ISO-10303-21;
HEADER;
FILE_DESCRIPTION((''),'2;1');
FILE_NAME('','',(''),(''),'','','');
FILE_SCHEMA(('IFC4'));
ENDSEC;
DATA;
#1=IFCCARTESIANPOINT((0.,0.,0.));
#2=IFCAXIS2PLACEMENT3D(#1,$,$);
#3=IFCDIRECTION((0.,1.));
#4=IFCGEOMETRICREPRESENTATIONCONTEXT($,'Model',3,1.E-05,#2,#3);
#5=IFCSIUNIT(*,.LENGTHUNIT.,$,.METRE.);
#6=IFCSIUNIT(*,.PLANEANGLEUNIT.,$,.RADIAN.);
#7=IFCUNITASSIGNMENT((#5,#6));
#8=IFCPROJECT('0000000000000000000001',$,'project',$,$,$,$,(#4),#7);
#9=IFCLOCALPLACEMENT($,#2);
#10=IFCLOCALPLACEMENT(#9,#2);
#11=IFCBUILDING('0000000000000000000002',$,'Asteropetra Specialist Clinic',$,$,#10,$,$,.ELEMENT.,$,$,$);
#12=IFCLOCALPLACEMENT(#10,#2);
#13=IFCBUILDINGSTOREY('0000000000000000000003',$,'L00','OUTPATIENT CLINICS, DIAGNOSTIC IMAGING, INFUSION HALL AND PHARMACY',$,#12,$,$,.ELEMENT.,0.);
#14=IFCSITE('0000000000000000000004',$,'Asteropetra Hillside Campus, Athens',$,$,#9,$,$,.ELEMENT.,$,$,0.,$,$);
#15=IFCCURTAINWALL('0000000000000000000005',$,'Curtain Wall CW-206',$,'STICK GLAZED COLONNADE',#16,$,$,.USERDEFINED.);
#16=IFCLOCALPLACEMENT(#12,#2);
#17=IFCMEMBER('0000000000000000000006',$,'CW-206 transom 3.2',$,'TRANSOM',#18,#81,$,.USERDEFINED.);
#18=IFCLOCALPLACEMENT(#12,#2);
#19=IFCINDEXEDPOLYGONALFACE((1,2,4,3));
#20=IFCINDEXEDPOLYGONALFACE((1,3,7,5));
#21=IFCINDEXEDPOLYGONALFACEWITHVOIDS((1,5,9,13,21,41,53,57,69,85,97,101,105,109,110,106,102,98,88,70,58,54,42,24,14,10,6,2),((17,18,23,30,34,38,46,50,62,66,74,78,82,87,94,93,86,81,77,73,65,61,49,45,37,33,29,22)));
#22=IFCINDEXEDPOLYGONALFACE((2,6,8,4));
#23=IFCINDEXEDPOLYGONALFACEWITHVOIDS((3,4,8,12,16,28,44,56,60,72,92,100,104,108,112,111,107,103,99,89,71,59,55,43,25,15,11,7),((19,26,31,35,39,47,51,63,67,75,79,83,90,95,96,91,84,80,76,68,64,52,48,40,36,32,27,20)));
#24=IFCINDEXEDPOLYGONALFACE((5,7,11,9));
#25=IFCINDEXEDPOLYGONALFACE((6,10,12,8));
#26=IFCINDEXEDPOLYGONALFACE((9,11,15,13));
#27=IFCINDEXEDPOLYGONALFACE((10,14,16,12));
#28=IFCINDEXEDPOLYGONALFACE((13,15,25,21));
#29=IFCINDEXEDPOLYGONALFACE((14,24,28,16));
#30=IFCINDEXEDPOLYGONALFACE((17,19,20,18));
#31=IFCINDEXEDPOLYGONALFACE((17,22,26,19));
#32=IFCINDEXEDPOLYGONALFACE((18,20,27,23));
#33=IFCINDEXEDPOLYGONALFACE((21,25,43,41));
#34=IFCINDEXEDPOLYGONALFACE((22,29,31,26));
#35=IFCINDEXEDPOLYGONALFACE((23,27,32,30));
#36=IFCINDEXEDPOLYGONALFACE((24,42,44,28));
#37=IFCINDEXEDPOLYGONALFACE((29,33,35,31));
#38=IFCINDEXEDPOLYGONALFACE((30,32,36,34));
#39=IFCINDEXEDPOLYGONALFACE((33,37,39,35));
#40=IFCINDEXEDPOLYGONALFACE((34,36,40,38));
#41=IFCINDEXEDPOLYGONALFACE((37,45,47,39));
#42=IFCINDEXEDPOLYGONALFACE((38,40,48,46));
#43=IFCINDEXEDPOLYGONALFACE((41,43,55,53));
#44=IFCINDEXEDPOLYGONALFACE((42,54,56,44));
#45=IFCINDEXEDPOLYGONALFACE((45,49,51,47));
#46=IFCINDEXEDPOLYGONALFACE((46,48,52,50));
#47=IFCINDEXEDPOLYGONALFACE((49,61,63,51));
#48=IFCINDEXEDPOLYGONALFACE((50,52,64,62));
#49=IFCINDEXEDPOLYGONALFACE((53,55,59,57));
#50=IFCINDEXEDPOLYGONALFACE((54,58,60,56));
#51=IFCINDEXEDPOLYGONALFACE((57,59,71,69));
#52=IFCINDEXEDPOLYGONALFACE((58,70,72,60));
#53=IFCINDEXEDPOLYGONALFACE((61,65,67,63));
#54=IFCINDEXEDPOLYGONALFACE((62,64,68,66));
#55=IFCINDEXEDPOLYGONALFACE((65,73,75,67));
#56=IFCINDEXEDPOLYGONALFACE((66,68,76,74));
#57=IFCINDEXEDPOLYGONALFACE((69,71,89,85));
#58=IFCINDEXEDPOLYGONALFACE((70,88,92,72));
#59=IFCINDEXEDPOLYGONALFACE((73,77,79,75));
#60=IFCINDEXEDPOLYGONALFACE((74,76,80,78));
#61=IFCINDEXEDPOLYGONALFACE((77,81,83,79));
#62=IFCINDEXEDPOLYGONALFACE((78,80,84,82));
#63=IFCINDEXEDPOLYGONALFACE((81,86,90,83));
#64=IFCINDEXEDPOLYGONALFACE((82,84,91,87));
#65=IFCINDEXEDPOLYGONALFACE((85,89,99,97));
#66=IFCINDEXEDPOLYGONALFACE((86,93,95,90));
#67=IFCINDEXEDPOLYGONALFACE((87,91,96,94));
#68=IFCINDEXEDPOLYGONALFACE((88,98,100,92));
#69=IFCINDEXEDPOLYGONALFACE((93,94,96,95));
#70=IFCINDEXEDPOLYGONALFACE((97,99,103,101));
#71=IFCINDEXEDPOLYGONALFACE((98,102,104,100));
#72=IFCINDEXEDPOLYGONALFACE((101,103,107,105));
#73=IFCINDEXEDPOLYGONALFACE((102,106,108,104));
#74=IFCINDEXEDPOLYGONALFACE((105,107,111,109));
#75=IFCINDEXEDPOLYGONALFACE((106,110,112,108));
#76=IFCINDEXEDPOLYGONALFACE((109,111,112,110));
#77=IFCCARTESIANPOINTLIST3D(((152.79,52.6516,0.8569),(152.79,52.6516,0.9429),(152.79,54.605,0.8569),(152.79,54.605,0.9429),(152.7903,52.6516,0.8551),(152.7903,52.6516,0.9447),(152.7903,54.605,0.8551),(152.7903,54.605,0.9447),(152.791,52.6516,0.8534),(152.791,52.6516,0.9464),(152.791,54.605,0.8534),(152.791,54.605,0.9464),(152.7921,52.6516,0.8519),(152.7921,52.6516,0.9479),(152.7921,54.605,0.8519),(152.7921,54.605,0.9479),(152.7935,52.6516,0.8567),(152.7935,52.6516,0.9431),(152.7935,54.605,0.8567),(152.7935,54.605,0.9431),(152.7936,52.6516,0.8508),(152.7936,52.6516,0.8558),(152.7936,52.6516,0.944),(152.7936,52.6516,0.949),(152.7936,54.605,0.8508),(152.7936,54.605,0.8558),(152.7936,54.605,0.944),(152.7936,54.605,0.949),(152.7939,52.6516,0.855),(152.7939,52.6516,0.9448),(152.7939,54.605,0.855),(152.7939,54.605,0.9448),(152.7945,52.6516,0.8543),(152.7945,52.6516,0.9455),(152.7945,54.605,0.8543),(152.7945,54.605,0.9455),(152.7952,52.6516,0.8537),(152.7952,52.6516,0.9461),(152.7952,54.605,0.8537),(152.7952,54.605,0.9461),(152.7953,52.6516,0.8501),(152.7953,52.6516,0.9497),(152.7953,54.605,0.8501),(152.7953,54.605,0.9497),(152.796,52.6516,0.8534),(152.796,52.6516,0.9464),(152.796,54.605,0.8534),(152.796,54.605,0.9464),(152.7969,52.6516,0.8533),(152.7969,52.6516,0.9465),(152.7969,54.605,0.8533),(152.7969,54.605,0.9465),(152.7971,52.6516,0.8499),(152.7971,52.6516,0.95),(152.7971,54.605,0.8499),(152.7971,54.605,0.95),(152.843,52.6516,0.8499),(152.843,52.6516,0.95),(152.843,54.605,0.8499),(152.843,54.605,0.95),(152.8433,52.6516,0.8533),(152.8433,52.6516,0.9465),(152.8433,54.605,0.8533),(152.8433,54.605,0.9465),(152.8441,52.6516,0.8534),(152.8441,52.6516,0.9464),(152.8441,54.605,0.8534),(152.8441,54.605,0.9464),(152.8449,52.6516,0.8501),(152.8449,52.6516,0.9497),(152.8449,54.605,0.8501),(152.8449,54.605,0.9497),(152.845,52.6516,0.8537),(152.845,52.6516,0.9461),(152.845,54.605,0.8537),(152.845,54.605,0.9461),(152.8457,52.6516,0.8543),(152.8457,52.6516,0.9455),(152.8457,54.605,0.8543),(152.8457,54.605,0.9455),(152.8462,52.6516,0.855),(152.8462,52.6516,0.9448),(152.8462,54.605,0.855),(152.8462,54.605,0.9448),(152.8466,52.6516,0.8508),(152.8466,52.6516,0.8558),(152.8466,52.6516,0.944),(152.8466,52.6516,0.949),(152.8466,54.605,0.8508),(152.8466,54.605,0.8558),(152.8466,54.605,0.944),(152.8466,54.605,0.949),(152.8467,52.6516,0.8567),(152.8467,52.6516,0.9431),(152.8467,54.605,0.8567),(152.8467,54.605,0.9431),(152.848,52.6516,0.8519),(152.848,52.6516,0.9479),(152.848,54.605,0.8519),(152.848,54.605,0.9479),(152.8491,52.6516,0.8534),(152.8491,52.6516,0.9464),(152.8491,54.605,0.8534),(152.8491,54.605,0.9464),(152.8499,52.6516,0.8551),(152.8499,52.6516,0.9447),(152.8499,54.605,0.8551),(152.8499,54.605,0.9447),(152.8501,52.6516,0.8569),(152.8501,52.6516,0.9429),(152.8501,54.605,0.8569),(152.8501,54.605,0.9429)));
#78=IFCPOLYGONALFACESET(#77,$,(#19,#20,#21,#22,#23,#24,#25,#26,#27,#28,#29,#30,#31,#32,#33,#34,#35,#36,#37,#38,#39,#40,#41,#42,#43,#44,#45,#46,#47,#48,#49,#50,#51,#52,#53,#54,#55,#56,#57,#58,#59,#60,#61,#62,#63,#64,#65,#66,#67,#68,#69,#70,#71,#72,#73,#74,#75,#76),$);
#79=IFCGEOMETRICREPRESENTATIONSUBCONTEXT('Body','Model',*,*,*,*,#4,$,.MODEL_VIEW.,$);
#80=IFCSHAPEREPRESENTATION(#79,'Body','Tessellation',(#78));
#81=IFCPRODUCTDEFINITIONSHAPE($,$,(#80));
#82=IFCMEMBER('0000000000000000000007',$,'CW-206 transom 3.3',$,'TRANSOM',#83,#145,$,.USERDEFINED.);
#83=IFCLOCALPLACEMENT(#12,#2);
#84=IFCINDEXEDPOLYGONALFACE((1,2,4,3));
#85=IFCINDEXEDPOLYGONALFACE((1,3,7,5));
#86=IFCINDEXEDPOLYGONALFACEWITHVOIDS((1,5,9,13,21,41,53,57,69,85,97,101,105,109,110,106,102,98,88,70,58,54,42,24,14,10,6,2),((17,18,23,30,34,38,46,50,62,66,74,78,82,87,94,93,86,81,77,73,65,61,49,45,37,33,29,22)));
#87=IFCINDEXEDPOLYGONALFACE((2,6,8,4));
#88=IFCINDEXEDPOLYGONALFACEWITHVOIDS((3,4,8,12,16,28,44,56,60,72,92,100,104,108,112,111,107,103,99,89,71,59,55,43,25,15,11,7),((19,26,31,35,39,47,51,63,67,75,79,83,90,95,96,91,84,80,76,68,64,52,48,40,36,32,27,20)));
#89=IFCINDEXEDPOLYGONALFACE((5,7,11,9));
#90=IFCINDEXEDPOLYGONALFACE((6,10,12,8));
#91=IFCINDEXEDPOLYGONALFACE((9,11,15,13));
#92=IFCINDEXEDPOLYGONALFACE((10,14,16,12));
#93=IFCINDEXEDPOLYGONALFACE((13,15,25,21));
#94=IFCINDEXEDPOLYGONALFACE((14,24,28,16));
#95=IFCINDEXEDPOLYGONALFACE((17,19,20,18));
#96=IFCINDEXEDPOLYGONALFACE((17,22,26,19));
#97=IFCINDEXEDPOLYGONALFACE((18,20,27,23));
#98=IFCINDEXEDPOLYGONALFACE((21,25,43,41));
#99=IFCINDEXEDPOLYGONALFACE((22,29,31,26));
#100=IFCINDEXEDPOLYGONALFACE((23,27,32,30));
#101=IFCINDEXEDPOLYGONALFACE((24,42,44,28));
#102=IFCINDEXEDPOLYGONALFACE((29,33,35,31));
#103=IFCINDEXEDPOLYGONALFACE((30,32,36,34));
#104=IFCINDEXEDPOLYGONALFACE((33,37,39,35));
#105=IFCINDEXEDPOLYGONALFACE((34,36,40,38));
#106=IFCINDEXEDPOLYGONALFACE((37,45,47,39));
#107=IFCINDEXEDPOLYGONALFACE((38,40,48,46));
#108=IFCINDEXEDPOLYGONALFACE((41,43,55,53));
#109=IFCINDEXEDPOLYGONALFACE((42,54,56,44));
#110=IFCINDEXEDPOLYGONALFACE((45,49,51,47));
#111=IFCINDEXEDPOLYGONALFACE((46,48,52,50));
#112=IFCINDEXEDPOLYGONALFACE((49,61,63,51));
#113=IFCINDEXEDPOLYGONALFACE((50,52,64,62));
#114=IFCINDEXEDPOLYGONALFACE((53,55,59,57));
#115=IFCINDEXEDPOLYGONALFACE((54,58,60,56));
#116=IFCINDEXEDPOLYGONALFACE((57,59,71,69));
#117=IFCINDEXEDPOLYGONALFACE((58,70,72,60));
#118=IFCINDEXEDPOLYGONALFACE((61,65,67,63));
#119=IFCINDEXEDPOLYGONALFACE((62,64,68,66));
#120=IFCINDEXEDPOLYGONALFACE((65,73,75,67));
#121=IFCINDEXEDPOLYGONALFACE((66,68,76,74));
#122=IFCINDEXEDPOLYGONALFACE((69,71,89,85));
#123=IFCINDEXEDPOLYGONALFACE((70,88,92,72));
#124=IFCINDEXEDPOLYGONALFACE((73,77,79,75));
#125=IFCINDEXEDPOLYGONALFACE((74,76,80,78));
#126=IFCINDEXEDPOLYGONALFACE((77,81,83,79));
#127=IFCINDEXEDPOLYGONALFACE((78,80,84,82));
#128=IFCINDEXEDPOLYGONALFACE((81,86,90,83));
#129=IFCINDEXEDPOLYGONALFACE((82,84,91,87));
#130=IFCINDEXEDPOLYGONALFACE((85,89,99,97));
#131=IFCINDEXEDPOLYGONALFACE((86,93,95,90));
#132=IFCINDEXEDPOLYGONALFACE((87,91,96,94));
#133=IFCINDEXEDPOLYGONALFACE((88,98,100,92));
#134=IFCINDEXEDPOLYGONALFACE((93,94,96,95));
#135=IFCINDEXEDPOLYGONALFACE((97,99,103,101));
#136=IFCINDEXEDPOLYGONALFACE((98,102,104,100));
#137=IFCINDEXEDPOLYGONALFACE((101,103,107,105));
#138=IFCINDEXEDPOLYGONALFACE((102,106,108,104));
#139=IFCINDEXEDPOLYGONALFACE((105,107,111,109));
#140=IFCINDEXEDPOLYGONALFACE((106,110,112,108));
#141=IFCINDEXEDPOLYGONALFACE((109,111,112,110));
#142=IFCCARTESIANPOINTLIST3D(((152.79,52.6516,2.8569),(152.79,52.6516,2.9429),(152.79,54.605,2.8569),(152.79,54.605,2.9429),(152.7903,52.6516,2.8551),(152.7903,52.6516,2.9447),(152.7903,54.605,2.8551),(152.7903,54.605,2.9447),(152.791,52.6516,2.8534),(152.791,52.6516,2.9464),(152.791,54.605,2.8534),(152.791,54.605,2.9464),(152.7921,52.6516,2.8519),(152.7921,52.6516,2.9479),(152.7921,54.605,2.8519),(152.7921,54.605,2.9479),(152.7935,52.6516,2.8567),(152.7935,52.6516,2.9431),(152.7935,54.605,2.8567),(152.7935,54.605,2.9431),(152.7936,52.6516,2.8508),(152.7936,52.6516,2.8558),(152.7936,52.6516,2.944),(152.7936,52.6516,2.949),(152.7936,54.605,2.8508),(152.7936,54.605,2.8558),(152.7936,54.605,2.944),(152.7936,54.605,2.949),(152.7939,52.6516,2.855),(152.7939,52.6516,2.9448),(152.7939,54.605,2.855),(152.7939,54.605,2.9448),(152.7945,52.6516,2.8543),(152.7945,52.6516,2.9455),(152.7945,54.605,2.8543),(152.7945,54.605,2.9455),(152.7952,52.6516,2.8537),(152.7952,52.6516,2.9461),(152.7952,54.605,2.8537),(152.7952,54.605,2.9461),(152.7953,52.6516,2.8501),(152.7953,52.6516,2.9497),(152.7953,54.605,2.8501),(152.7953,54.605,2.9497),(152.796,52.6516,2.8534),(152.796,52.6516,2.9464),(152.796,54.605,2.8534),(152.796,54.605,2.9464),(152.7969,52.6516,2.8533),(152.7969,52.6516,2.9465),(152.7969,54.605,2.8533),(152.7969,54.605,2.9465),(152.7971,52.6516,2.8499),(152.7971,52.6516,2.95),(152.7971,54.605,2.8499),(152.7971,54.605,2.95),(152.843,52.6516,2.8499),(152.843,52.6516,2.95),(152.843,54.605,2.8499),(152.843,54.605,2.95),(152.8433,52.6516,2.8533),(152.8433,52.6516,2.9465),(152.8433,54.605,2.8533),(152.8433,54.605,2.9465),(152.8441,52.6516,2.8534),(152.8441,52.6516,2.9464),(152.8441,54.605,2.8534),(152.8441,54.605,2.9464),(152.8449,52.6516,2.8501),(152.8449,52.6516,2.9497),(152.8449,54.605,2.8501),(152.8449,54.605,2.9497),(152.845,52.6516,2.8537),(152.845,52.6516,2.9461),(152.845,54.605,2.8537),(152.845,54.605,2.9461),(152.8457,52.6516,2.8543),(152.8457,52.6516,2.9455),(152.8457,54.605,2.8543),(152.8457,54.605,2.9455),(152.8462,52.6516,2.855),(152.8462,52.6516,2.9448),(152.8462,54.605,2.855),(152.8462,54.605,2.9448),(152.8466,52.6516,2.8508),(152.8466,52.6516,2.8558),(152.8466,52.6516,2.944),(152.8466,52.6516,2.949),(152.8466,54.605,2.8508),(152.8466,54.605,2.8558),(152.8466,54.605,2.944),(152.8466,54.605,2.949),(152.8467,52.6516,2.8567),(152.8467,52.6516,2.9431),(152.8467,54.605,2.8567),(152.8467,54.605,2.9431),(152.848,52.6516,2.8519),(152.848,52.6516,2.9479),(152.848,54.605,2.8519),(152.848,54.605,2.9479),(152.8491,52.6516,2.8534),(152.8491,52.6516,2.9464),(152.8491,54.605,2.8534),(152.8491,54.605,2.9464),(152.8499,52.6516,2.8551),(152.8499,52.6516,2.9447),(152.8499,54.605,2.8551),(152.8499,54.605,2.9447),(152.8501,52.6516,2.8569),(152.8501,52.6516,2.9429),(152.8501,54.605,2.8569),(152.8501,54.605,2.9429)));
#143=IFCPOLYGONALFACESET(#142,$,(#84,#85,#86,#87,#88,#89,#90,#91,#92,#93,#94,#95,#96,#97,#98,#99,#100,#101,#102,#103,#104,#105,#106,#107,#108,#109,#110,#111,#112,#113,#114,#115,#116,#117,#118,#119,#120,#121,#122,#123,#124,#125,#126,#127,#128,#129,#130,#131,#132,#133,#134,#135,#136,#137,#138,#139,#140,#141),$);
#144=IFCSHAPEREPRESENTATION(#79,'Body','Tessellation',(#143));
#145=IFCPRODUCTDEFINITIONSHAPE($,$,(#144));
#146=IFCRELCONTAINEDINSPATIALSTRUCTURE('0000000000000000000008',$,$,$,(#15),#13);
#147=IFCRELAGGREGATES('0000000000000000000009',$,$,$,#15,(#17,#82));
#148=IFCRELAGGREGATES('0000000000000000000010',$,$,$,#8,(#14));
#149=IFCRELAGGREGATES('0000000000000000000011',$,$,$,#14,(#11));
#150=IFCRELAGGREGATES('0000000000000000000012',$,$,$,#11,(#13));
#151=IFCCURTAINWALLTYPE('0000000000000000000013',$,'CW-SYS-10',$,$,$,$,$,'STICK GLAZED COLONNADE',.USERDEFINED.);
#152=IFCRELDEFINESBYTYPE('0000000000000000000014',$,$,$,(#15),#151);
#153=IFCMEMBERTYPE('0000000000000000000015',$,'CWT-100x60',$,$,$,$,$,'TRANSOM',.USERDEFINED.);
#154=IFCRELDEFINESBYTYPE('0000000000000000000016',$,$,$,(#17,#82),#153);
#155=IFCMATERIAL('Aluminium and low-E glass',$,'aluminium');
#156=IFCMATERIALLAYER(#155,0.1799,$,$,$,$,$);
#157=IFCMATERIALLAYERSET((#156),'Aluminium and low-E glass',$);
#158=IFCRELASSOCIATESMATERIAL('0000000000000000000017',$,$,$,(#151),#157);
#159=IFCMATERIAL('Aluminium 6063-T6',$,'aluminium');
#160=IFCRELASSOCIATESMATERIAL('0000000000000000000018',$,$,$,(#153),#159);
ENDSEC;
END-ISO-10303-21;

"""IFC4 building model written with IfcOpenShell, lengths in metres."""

from ifc_helpers import new_model, si_unit, direction, frame, origin, origin_2d, place, context, subcontext, project, spatial, hollow_rectangle, extrude, material, layer, layer_set, material_profile, profile_set, type_object, element, aggregate, save


model = new_model("IFC4")

# Units and contexts
model_context = context("Model", 3, precision=1e-05, world=origin(), true_north=direction((0.0, 1.0)))
body_context = subcontext(model_context, "Body", "Model", "MODEL_VIEW")
ifc_project = project(units=[si_unit("LENGTHUNIT", "METRE"), si_unit("PLANEANGLEUNIT", "RADIAN")], contexts=[model_context])

# Site, building, storey
site_placement = place(None, origin())
site = spatial("IfcSite", under=ifc_project, at=site_placement, Name="Asteropetra Hillside Campus, Athens", CompositionType="ELEMENT", RefElevation=0.0)
building_placement = place(site_placement, origin())
building = spatial("IfcBuilding", under=site, at=building_placement, Name="Asteropetra Specialist Clinic", CompositionType="ELEMENT")
storey_placement = place(building_placement, origin())
storey = spatial("IfcBuildingStorey", under=building, at=storey_placement, Name="L00", Description="OUTPATIENT CLINICS, DIAGNOSTIC IMAGING, INFUSION HALL AND PHARMACY", CompositionType="ELEMENT", Elevation=0.0)

# Curtain wall, members
ifc_material_1 = material(Name="Aluminium and low-E glass", Category="aluminium")
ifc_layer_1 = layer(ifc_material_1, 0.1799)
ifc_layer_set_1 = layer_set([ifc_layer_1], Name="Aluminium and low-E glass")
curtain_wall_type = type_object("IfcCurtainWallType", Name="CW-SYS-10", ElementType="STICK GLAZED COLONNADE", PredefinedType="USERDEFINED", material=ifc_layer_set_1)
curtain_wall_placement = place(storey_placement, origin())
curtain_wall = element("IfcCurtainWall", 1, at=curtain_wall_placement, inside=storey, type_object=curtain_wall_type, Name="Curtain Wall CW-206", ObjectType="STICK GLAZED COLONNADE", PredefinedType="USERDEFINED")
ifc_material_2 = material(Name="Aluminium 6063-T6", Category="aluminium")
ifc_material_profile_1 = material_profile(ifc_material_2, hollow_rectangle(XDim=0.0601, YDim=0.1001, WallThickness=0.0034, InnerFilletRadius=0.0034, OuterFilletRadius=0.0071, at=origin_2d()), Name="TRN 100x60x3.5")
ifc_profile_set_1 = profile_set([ifc_material_profile_1], Name="Aluminium 6063-T6")
member_type_1 = type_object("IfcMemberType", Name="CWT-100x60", ElementType="TRANSOM", PredefinedType="USERDEFINED", material=ifc_profile_set_1)
member_1_placement = place(storey_placement, frame((152.8201, 52.6516, 0.8999), z_axis=(0.0, 1.0, 0.0), x_axis=(-1.0, 0.0, 0.0)))
member_1 = element("IfcMember", 2, at=member_1_placement, type_object=member_type_1, Name="CW-206 transom 3.2", ObjectType="TRANSOM", PredefinedType="USERDEFINED", context=body_context, shape_type="SweptSolid", body=[
    extrude(hollow_rectangle(XDim=0.0601, YDim=0.1001, WallThickness=0.0034, InnerFilletRadius=0.0034, OuterFilletRadius=0.0071, at=origin_2d()), origin(), (0.0, 0.0, 1.0), 1.9534),
])
member_2_placement = place(storey_placement, frame((152.8201, 52.6516, 2.8999), z_axis=(0.0, 1.0, 0.0), x_axis=(-1.0, 0.0, 0.0)))
member_2 = element("IfcMember", 3, at=member_2_placement, type_object=member_type_1, Name="CW-206 transom 3.3", ObjectType="TRANSOM", PredefinedType="USERDEFINED", context=body_context, shape_type="SweptSolid", body=[
    extrude(hollow_rectangle(XDim=0.0601, YDim=0.1001, WallThickness=0.0034, InnerFilletRadius=0.0034, OuterFilletRadius=0.0071, at=origin_2d()), origin(), (0.0, 0.0, 1.0), 1.9534),
])
aggregate(curtain_wall, [member_1, member_2])

save(model, "model.ifc")
